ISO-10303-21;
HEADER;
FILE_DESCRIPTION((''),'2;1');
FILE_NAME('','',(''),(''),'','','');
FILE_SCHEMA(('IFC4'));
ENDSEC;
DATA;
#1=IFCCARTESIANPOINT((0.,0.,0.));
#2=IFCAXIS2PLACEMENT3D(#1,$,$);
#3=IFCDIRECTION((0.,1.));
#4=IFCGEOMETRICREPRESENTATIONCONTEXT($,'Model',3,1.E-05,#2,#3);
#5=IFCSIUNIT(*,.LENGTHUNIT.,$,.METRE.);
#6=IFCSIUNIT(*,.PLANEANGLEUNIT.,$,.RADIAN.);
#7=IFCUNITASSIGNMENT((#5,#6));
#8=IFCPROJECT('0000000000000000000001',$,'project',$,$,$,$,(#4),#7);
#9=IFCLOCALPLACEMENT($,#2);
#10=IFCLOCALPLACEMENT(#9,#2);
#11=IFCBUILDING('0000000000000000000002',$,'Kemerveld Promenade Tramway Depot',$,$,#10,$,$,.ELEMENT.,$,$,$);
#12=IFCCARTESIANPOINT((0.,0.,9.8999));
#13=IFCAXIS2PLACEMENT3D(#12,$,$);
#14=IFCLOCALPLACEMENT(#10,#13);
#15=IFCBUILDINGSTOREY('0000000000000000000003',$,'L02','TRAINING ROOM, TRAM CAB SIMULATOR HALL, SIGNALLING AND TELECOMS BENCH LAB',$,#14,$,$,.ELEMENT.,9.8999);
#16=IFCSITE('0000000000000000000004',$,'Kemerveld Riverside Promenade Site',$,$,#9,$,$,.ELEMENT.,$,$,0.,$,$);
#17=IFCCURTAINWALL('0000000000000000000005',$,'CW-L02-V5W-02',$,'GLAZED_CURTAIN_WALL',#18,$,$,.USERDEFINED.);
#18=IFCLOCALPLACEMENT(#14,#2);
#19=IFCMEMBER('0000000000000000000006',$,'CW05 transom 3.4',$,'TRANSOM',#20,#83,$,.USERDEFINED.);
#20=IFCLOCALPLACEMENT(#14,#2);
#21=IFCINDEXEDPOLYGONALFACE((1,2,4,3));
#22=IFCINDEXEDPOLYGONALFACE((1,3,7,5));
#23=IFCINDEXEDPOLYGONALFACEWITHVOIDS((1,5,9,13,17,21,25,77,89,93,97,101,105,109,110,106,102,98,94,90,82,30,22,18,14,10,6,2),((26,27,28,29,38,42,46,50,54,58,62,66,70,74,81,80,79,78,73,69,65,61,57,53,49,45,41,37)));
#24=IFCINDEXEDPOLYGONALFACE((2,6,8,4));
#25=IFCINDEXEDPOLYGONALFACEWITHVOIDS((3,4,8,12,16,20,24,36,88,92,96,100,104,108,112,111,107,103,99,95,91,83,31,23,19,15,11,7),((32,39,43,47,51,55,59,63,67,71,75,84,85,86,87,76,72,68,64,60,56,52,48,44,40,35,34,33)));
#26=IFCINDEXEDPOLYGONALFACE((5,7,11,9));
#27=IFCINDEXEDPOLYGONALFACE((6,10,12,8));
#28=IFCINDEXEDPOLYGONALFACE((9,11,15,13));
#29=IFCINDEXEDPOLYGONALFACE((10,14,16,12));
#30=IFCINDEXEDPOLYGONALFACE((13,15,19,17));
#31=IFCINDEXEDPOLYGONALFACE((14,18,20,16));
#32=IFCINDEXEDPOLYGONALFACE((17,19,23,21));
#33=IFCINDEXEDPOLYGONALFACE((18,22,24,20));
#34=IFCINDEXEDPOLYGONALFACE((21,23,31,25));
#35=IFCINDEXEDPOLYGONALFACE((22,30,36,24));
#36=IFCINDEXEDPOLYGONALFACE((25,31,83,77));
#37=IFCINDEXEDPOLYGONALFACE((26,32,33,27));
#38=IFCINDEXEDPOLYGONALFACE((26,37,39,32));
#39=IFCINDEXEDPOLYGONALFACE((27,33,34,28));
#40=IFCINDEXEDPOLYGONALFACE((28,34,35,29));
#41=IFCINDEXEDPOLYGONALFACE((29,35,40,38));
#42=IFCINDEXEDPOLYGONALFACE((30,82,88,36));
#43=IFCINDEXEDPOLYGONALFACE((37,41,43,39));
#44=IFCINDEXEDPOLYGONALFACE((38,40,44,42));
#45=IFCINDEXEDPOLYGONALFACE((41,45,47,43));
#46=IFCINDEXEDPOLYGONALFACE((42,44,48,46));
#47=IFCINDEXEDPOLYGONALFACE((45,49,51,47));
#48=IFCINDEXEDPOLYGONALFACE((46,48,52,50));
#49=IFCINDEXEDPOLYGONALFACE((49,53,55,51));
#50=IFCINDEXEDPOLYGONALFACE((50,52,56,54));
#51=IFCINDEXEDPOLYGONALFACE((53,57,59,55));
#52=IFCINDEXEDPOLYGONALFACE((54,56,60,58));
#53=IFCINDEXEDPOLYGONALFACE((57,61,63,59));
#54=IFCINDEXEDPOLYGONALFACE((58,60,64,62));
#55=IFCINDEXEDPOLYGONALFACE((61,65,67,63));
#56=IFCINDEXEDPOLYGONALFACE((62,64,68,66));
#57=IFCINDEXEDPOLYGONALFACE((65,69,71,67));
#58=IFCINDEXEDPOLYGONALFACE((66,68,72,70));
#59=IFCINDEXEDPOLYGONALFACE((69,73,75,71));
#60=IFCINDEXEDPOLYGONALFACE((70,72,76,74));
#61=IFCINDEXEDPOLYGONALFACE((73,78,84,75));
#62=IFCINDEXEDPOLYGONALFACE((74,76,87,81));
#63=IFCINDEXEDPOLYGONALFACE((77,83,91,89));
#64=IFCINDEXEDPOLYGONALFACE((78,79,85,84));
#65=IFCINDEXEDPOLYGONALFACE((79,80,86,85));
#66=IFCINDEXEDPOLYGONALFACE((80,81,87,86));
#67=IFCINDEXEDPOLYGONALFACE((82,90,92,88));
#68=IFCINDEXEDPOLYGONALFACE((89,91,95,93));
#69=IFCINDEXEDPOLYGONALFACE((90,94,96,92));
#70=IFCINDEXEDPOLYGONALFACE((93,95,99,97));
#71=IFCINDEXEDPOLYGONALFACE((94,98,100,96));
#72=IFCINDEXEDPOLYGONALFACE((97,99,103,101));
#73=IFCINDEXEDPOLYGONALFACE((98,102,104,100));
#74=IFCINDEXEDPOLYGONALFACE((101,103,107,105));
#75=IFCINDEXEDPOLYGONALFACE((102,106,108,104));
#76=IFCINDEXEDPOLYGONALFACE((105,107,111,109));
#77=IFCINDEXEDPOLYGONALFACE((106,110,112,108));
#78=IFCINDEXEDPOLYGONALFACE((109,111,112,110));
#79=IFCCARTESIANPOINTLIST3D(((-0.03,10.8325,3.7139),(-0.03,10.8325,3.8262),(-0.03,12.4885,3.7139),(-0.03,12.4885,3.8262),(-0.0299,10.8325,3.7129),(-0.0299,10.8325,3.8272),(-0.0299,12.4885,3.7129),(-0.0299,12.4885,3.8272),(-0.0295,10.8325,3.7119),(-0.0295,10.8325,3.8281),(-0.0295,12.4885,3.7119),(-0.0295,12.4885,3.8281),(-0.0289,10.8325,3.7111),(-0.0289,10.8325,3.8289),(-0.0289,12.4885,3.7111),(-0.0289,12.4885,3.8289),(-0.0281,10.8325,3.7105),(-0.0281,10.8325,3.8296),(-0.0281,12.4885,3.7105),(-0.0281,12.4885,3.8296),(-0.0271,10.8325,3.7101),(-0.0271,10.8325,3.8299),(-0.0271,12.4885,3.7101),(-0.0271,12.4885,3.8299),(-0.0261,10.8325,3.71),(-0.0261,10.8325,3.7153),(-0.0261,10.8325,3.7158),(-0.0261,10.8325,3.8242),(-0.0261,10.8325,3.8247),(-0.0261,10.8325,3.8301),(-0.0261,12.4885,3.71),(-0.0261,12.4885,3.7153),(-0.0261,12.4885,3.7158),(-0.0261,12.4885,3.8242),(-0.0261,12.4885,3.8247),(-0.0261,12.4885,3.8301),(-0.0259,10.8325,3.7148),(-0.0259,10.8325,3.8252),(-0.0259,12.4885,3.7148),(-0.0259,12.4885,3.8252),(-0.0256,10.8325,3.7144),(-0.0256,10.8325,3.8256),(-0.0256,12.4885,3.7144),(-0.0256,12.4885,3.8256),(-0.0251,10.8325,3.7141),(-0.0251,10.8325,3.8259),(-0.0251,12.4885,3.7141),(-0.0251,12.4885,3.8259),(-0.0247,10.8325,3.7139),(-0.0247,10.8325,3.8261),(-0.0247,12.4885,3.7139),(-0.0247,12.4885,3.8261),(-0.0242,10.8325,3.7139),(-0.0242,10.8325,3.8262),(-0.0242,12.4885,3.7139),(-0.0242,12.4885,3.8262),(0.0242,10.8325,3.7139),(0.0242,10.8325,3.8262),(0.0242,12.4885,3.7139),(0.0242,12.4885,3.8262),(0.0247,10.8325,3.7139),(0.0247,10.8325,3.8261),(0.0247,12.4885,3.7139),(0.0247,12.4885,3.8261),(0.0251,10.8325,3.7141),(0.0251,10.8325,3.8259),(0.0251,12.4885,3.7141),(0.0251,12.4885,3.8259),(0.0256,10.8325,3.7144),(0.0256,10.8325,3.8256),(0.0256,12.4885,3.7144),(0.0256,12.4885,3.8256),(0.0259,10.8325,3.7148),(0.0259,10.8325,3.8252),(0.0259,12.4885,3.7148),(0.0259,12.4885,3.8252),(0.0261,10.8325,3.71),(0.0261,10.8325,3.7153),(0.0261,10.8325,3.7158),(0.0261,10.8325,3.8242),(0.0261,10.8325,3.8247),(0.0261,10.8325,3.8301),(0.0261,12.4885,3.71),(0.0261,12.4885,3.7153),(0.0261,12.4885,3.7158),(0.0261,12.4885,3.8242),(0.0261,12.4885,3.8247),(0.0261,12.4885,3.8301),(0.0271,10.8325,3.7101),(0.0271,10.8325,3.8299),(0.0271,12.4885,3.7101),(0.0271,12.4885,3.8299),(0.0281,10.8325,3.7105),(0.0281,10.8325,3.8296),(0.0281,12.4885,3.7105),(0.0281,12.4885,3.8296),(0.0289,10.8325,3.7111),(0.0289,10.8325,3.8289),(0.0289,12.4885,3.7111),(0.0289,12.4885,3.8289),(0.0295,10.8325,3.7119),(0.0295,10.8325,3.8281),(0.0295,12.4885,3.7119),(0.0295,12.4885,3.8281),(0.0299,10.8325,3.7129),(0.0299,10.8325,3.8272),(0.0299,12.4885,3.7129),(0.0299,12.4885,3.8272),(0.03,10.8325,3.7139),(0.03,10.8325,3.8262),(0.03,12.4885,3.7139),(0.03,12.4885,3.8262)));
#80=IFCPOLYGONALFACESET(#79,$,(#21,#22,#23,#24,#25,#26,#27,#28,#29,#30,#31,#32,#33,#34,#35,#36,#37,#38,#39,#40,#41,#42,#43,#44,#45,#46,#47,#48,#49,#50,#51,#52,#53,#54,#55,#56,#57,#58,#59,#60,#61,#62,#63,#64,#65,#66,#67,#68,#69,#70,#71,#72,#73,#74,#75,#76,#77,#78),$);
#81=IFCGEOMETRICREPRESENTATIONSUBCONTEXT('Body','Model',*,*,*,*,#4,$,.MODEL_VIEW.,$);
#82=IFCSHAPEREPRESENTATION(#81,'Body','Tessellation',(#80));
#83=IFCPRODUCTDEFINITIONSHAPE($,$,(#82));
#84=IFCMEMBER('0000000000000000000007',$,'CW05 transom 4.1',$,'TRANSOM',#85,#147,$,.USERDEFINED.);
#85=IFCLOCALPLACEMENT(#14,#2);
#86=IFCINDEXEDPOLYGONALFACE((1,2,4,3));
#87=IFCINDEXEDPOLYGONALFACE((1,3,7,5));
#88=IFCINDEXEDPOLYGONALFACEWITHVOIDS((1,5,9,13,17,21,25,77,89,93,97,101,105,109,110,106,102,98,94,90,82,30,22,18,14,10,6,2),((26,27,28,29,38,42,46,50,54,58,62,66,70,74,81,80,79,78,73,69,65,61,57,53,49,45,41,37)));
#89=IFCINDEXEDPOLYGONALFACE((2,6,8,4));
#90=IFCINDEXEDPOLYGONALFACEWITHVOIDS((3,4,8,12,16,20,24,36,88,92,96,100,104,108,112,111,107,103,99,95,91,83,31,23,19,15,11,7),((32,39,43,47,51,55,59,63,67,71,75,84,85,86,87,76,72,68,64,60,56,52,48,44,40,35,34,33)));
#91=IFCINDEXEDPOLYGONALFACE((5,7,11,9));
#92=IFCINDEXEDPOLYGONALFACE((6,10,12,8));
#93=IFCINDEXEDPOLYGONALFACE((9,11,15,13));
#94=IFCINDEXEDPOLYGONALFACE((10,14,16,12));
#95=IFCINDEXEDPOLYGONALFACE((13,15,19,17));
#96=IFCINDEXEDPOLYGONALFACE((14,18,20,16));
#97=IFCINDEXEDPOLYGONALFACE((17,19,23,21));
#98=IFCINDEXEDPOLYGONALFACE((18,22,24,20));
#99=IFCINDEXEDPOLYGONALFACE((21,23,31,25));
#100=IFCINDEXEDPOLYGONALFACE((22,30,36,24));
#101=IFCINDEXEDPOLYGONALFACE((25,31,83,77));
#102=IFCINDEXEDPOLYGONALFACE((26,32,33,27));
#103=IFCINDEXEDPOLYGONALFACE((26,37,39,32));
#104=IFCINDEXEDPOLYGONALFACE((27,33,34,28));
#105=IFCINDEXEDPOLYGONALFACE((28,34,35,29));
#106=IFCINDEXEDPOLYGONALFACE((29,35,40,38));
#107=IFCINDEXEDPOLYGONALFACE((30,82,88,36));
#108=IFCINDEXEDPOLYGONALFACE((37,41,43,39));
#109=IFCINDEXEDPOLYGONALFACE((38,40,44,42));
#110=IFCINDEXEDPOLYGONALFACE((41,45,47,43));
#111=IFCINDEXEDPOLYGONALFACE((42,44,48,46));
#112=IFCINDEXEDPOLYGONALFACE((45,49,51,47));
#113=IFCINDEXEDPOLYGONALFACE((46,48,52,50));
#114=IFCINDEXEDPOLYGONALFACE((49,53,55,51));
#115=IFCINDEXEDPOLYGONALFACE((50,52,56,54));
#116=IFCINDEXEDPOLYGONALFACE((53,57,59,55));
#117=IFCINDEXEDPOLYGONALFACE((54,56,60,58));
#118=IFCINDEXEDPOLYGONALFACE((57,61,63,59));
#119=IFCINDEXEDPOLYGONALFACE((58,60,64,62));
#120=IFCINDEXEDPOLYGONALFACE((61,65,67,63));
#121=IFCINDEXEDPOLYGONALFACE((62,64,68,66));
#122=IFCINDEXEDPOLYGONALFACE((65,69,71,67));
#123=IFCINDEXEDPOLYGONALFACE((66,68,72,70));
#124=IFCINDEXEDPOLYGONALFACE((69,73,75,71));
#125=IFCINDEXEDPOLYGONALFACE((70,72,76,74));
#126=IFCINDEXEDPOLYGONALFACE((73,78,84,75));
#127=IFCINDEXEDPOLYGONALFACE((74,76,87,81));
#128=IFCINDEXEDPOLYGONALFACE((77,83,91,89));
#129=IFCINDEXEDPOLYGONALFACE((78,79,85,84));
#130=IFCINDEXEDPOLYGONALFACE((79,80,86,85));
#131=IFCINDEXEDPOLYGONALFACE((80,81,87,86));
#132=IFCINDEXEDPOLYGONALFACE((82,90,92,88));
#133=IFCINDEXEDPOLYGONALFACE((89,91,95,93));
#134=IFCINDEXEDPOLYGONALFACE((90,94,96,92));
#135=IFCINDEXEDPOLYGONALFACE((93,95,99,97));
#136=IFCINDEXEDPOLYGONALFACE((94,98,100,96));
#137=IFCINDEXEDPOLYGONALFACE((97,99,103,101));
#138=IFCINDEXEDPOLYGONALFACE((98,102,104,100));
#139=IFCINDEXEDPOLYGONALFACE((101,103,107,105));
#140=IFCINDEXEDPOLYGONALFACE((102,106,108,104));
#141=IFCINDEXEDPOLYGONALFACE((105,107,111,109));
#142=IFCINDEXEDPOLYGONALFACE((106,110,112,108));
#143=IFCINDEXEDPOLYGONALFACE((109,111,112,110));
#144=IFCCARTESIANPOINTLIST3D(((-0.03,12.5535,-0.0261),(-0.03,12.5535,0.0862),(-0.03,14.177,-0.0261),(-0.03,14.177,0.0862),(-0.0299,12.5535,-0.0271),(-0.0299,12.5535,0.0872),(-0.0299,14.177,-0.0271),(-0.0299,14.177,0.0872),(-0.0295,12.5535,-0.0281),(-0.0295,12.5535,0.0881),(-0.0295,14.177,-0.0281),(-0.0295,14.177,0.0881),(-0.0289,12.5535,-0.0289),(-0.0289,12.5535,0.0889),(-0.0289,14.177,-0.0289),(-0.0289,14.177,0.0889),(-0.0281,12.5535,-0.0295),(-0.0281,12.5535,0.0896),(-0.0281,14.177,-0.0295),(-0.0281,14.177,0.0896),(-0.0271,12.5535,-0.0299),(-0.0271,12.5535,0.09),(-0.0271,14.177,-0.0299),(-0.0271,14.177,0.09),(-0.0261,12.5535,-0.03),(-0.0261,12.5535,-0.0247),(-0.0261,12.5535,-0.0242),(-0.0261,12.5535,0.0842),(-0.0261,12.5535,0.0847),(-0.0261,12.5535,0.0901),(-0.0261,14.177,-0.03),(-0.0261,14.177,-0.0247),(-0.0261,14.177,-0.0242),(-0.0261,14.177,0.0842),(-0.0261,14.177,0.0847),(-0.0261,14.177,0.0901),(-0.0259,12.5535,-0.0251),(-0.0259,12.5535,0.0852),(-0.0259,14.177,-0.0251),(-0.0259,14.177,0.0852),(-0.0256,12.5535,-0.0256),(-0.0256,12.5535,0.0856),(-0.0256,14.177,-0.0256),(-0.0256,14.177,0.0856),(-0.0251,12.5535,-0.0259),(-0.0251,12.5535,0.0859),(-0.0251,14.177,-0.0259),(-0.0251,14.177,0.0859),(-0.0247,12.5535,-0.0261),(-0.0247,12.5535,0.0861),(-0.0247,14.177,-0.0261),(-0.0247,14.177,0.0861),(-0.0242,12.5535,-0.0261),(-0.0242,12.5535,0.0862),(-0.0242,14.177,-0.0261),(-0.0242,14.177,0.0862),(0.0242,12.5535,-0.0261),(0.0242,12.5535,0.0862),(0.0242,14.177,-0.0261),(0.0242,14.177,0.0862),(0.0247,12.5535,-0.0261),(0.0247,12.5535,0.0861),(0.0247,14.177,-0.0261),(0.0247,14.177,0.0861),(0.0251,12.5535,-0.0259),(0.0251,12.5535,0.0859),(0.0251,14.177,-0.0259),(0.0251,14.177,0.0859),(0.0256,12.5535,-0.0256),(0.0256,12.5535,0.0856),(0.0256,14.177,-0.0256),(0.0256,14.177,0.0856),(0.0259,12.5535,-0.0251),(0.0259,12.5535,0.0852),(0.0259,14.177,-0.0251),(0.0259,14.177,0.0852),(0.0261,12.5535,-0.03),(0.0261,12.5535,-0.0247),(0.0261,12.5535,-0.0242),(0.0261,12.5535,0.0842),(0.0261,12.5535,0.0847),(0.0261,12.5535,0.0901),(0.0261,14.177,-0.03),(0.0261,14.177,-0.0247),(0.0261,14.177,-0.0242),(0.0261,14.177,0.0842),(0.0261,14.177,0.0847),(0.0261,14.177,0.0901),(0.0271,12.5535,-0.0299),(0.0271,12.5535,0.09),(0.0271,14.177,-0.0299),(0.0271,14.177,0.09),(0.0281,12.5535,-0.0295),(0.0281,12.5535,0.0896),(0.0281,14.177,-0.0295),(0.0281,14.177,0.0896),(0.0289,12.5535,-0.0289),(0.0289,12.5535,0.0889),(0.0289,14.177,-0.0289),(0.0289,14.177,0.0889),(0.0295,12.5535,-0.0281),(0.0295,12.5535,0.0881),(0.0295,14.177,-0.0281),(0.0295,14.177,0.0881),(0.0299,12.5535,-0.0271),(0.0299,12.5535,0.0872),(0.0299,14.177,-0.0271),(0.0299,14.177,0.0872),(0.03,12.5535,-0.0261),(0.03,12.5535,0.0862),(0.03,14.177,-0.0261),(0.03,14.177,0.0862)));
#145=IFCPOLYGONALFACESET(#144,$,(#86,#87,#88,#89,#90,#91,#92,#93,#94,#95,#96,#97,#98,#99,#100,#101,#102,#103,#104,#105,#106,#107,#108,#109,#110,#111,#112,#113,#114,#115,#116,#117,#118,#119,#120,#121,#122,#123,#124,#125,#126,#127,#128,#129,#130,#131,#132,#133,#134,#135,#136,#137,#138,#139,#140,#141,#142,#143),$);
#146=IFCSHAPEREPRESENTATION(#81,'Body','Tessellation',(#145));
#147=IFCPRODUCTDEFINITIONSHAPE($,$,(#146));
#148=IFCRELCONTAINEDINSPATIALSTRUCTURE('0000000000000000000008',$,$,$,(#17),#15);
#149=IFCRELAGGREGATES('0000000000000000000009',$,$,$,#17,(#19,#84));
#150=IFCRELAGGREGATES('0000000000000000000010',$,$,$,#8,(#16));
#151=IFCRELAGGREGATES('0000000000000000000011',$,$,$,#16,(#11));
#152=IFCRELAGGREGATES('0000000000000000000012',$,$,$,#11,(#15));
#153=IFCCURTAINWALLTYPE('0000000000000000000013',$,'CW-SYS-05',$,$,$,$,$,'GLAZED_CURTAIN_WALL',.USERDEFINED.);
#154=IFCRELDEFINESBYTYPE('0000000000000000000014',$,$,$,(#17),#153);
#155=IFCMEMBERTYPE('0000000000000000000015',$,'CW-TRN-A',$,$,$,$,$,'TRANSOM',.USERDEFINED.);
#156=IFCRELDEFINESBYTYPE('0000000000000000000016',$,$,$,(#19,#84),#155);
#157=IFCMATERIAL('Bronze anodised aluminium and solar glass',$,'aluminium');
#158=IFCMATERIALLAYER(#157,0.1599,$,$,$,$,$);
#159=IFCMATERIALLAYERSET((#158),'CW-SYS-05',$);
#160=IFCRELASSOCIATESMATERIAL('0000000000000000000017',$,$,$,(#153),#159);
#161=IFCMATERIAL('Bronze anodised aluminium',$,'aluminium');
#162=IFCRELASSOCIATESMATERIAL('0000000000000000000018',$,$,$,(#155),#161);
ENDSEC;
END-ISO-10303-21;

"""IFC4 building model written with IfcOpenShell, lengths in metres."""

from ifc_helpers import new_model, si_unit, direction, frame, origin, origin_2d, place, context, subcontext, project, spatial, hollow_rectangle, extrude, material, layer, layer_set, material_profile, profile_set, type_object, element, aggregate, save


model = new_model("IFC4")

# Units and contexts
model_context = context("Model", 3, precision=1e-05, world=origin(), true_north=direction((0.0, 1.0)))
body_context = subcontext(model_context, "Body", "Model", "MODEL_VIEW")
ifc_project = project(units=[si_unit("LENGTHUNIT", "METRE"), si_unit("PLANEANGLEUNIT", "RADIAN")], contexts=[model_context])

# Site, building, storey
site_placement = place(None, origin())
site = spatial("IfcSite", under=ifc_project, at=site_placement, Name="Kemerveld Riverside Promenade Site", CompositionType="ELEMENT", RefElevation=0.0)
building_placement = place(site_placement, origin())
building = spatial("IfcBuilding", under=site, at=building_placement, Name="Kemerveld Promenade Tramway Depot", CompositionType="ELEMENT")
storey_placement = place(building_placement, frame((0.0, 0.0, 9.8999)))
storey = spatial("IfcBuildingStorey", under=building, at=storey_placement, Name="L02", Description="TRAINING ROOM, TRAM CAB SIMULATOR HALL, SIGNALLING AND TELECOMS BENCH LAB", CompositionType="ELEMENT", Elevation=9.8999)

# Curtain wall, members
ifc_material_1 = material(Name="Bronze anodised aluminium and solar glass", Category="aluminium")
ifc_layer_1 = layer(ifc_material_1, 0.1599)
ifc_layer_set_1 = layer_set([ifc_layer_1], Name="CW-SYS-05")
curtain_wall_type = type_object("IfcCurtainWallType", Name="CW-SYS-05", ElementType="GLAZED_CURTAIN_WALL", PredefinedType="USERDEFINED", material=ifc_layer_set_1)
curtain_wall_placement = place(storey_placement, origin())
curtain_wall = element("IfcCurtainWall", 1, at=curtain_wall_placement, inside=storey, type_object=curtain_wall_type, Name="CW-L02-V5W-02", ObjectType="GLAZED_CURTAIN_WALL", PredefinedType="USERDEFINED")
ifc_material_2 = material(Name="Bronze anodised aluminium", Category="aluminium")
ifc_material_profile_1 = material_profile(ifc_material_2, hollow_rectangle(XDim=0.0601, YDim=0.1201, WallThickness=0.0039, InnerFilletRadius=0.002, OuterFilletRadius=0.0039, at=origin_2d()), Name="CW-TRN-120x60")
ifc_profile_set_1 = profile_set([ifc_material_profile_1], Name="Bronze anodised aluminium")
member_type_1 = type_object("IfcMemberType", Name="CW-TRN-A", ElementType="TRANSOM", PredefinedType="USERDEFINED", material=ifc_profile_set_1)
member_1_placement = place(storey_placement, frame((0.0, 10.8325, 3.77), z_axis=(0.0, 1.0, 0.0), x_axis=(-1.0, 0.0, 0.0)))
member_1 = element("IfcMember", 2, at=member_1_placement, type_object=member_type_1, Name="CW05 transom 3.4", ObjectType="TRANSOM", PredefinedType="USERDEFINED", context=body_context, shape_type="SweptSolid", body=[
    extrude(hollow_rectangle(XDim=0.0601, YDim=0.1201, WallThickness=0.0039, InnerFilletRadius=0.002, OuterFilletRadius=0.0039, at=origin_2d()), origin(), (0.0, 0.0, 1.0), 1.656),
])
member_2_placement = place(storey_placement, frame((0.0, 12.5535, 0.03), z_axis=(0.0, 1.0, 0.0), x_axis=(-1.0, 0.0, 0.0)))
member_2 = element("IfcMember", 3, at=member_2_placement, type_object=member_type_1, Name="CW05 transom 4.1", ObjectType="TRANSOM", PredefinedType="USERDEFINED", context=body_context, shape_type="SweptSolid", body=[
    extrude(hollow_rectangle(XDim=0.0601, YDim=0.1201, WallThickness=0.0039, InnerFilletRadius=0.002, OuterFilletRadius=0.0039, at=origin_2d()), origin(), (0.0, 0.0, 1.0), 1.6235),
])
aggregate(curtain_wall, [member_1, member_2])

save(model, "model.ifc")
